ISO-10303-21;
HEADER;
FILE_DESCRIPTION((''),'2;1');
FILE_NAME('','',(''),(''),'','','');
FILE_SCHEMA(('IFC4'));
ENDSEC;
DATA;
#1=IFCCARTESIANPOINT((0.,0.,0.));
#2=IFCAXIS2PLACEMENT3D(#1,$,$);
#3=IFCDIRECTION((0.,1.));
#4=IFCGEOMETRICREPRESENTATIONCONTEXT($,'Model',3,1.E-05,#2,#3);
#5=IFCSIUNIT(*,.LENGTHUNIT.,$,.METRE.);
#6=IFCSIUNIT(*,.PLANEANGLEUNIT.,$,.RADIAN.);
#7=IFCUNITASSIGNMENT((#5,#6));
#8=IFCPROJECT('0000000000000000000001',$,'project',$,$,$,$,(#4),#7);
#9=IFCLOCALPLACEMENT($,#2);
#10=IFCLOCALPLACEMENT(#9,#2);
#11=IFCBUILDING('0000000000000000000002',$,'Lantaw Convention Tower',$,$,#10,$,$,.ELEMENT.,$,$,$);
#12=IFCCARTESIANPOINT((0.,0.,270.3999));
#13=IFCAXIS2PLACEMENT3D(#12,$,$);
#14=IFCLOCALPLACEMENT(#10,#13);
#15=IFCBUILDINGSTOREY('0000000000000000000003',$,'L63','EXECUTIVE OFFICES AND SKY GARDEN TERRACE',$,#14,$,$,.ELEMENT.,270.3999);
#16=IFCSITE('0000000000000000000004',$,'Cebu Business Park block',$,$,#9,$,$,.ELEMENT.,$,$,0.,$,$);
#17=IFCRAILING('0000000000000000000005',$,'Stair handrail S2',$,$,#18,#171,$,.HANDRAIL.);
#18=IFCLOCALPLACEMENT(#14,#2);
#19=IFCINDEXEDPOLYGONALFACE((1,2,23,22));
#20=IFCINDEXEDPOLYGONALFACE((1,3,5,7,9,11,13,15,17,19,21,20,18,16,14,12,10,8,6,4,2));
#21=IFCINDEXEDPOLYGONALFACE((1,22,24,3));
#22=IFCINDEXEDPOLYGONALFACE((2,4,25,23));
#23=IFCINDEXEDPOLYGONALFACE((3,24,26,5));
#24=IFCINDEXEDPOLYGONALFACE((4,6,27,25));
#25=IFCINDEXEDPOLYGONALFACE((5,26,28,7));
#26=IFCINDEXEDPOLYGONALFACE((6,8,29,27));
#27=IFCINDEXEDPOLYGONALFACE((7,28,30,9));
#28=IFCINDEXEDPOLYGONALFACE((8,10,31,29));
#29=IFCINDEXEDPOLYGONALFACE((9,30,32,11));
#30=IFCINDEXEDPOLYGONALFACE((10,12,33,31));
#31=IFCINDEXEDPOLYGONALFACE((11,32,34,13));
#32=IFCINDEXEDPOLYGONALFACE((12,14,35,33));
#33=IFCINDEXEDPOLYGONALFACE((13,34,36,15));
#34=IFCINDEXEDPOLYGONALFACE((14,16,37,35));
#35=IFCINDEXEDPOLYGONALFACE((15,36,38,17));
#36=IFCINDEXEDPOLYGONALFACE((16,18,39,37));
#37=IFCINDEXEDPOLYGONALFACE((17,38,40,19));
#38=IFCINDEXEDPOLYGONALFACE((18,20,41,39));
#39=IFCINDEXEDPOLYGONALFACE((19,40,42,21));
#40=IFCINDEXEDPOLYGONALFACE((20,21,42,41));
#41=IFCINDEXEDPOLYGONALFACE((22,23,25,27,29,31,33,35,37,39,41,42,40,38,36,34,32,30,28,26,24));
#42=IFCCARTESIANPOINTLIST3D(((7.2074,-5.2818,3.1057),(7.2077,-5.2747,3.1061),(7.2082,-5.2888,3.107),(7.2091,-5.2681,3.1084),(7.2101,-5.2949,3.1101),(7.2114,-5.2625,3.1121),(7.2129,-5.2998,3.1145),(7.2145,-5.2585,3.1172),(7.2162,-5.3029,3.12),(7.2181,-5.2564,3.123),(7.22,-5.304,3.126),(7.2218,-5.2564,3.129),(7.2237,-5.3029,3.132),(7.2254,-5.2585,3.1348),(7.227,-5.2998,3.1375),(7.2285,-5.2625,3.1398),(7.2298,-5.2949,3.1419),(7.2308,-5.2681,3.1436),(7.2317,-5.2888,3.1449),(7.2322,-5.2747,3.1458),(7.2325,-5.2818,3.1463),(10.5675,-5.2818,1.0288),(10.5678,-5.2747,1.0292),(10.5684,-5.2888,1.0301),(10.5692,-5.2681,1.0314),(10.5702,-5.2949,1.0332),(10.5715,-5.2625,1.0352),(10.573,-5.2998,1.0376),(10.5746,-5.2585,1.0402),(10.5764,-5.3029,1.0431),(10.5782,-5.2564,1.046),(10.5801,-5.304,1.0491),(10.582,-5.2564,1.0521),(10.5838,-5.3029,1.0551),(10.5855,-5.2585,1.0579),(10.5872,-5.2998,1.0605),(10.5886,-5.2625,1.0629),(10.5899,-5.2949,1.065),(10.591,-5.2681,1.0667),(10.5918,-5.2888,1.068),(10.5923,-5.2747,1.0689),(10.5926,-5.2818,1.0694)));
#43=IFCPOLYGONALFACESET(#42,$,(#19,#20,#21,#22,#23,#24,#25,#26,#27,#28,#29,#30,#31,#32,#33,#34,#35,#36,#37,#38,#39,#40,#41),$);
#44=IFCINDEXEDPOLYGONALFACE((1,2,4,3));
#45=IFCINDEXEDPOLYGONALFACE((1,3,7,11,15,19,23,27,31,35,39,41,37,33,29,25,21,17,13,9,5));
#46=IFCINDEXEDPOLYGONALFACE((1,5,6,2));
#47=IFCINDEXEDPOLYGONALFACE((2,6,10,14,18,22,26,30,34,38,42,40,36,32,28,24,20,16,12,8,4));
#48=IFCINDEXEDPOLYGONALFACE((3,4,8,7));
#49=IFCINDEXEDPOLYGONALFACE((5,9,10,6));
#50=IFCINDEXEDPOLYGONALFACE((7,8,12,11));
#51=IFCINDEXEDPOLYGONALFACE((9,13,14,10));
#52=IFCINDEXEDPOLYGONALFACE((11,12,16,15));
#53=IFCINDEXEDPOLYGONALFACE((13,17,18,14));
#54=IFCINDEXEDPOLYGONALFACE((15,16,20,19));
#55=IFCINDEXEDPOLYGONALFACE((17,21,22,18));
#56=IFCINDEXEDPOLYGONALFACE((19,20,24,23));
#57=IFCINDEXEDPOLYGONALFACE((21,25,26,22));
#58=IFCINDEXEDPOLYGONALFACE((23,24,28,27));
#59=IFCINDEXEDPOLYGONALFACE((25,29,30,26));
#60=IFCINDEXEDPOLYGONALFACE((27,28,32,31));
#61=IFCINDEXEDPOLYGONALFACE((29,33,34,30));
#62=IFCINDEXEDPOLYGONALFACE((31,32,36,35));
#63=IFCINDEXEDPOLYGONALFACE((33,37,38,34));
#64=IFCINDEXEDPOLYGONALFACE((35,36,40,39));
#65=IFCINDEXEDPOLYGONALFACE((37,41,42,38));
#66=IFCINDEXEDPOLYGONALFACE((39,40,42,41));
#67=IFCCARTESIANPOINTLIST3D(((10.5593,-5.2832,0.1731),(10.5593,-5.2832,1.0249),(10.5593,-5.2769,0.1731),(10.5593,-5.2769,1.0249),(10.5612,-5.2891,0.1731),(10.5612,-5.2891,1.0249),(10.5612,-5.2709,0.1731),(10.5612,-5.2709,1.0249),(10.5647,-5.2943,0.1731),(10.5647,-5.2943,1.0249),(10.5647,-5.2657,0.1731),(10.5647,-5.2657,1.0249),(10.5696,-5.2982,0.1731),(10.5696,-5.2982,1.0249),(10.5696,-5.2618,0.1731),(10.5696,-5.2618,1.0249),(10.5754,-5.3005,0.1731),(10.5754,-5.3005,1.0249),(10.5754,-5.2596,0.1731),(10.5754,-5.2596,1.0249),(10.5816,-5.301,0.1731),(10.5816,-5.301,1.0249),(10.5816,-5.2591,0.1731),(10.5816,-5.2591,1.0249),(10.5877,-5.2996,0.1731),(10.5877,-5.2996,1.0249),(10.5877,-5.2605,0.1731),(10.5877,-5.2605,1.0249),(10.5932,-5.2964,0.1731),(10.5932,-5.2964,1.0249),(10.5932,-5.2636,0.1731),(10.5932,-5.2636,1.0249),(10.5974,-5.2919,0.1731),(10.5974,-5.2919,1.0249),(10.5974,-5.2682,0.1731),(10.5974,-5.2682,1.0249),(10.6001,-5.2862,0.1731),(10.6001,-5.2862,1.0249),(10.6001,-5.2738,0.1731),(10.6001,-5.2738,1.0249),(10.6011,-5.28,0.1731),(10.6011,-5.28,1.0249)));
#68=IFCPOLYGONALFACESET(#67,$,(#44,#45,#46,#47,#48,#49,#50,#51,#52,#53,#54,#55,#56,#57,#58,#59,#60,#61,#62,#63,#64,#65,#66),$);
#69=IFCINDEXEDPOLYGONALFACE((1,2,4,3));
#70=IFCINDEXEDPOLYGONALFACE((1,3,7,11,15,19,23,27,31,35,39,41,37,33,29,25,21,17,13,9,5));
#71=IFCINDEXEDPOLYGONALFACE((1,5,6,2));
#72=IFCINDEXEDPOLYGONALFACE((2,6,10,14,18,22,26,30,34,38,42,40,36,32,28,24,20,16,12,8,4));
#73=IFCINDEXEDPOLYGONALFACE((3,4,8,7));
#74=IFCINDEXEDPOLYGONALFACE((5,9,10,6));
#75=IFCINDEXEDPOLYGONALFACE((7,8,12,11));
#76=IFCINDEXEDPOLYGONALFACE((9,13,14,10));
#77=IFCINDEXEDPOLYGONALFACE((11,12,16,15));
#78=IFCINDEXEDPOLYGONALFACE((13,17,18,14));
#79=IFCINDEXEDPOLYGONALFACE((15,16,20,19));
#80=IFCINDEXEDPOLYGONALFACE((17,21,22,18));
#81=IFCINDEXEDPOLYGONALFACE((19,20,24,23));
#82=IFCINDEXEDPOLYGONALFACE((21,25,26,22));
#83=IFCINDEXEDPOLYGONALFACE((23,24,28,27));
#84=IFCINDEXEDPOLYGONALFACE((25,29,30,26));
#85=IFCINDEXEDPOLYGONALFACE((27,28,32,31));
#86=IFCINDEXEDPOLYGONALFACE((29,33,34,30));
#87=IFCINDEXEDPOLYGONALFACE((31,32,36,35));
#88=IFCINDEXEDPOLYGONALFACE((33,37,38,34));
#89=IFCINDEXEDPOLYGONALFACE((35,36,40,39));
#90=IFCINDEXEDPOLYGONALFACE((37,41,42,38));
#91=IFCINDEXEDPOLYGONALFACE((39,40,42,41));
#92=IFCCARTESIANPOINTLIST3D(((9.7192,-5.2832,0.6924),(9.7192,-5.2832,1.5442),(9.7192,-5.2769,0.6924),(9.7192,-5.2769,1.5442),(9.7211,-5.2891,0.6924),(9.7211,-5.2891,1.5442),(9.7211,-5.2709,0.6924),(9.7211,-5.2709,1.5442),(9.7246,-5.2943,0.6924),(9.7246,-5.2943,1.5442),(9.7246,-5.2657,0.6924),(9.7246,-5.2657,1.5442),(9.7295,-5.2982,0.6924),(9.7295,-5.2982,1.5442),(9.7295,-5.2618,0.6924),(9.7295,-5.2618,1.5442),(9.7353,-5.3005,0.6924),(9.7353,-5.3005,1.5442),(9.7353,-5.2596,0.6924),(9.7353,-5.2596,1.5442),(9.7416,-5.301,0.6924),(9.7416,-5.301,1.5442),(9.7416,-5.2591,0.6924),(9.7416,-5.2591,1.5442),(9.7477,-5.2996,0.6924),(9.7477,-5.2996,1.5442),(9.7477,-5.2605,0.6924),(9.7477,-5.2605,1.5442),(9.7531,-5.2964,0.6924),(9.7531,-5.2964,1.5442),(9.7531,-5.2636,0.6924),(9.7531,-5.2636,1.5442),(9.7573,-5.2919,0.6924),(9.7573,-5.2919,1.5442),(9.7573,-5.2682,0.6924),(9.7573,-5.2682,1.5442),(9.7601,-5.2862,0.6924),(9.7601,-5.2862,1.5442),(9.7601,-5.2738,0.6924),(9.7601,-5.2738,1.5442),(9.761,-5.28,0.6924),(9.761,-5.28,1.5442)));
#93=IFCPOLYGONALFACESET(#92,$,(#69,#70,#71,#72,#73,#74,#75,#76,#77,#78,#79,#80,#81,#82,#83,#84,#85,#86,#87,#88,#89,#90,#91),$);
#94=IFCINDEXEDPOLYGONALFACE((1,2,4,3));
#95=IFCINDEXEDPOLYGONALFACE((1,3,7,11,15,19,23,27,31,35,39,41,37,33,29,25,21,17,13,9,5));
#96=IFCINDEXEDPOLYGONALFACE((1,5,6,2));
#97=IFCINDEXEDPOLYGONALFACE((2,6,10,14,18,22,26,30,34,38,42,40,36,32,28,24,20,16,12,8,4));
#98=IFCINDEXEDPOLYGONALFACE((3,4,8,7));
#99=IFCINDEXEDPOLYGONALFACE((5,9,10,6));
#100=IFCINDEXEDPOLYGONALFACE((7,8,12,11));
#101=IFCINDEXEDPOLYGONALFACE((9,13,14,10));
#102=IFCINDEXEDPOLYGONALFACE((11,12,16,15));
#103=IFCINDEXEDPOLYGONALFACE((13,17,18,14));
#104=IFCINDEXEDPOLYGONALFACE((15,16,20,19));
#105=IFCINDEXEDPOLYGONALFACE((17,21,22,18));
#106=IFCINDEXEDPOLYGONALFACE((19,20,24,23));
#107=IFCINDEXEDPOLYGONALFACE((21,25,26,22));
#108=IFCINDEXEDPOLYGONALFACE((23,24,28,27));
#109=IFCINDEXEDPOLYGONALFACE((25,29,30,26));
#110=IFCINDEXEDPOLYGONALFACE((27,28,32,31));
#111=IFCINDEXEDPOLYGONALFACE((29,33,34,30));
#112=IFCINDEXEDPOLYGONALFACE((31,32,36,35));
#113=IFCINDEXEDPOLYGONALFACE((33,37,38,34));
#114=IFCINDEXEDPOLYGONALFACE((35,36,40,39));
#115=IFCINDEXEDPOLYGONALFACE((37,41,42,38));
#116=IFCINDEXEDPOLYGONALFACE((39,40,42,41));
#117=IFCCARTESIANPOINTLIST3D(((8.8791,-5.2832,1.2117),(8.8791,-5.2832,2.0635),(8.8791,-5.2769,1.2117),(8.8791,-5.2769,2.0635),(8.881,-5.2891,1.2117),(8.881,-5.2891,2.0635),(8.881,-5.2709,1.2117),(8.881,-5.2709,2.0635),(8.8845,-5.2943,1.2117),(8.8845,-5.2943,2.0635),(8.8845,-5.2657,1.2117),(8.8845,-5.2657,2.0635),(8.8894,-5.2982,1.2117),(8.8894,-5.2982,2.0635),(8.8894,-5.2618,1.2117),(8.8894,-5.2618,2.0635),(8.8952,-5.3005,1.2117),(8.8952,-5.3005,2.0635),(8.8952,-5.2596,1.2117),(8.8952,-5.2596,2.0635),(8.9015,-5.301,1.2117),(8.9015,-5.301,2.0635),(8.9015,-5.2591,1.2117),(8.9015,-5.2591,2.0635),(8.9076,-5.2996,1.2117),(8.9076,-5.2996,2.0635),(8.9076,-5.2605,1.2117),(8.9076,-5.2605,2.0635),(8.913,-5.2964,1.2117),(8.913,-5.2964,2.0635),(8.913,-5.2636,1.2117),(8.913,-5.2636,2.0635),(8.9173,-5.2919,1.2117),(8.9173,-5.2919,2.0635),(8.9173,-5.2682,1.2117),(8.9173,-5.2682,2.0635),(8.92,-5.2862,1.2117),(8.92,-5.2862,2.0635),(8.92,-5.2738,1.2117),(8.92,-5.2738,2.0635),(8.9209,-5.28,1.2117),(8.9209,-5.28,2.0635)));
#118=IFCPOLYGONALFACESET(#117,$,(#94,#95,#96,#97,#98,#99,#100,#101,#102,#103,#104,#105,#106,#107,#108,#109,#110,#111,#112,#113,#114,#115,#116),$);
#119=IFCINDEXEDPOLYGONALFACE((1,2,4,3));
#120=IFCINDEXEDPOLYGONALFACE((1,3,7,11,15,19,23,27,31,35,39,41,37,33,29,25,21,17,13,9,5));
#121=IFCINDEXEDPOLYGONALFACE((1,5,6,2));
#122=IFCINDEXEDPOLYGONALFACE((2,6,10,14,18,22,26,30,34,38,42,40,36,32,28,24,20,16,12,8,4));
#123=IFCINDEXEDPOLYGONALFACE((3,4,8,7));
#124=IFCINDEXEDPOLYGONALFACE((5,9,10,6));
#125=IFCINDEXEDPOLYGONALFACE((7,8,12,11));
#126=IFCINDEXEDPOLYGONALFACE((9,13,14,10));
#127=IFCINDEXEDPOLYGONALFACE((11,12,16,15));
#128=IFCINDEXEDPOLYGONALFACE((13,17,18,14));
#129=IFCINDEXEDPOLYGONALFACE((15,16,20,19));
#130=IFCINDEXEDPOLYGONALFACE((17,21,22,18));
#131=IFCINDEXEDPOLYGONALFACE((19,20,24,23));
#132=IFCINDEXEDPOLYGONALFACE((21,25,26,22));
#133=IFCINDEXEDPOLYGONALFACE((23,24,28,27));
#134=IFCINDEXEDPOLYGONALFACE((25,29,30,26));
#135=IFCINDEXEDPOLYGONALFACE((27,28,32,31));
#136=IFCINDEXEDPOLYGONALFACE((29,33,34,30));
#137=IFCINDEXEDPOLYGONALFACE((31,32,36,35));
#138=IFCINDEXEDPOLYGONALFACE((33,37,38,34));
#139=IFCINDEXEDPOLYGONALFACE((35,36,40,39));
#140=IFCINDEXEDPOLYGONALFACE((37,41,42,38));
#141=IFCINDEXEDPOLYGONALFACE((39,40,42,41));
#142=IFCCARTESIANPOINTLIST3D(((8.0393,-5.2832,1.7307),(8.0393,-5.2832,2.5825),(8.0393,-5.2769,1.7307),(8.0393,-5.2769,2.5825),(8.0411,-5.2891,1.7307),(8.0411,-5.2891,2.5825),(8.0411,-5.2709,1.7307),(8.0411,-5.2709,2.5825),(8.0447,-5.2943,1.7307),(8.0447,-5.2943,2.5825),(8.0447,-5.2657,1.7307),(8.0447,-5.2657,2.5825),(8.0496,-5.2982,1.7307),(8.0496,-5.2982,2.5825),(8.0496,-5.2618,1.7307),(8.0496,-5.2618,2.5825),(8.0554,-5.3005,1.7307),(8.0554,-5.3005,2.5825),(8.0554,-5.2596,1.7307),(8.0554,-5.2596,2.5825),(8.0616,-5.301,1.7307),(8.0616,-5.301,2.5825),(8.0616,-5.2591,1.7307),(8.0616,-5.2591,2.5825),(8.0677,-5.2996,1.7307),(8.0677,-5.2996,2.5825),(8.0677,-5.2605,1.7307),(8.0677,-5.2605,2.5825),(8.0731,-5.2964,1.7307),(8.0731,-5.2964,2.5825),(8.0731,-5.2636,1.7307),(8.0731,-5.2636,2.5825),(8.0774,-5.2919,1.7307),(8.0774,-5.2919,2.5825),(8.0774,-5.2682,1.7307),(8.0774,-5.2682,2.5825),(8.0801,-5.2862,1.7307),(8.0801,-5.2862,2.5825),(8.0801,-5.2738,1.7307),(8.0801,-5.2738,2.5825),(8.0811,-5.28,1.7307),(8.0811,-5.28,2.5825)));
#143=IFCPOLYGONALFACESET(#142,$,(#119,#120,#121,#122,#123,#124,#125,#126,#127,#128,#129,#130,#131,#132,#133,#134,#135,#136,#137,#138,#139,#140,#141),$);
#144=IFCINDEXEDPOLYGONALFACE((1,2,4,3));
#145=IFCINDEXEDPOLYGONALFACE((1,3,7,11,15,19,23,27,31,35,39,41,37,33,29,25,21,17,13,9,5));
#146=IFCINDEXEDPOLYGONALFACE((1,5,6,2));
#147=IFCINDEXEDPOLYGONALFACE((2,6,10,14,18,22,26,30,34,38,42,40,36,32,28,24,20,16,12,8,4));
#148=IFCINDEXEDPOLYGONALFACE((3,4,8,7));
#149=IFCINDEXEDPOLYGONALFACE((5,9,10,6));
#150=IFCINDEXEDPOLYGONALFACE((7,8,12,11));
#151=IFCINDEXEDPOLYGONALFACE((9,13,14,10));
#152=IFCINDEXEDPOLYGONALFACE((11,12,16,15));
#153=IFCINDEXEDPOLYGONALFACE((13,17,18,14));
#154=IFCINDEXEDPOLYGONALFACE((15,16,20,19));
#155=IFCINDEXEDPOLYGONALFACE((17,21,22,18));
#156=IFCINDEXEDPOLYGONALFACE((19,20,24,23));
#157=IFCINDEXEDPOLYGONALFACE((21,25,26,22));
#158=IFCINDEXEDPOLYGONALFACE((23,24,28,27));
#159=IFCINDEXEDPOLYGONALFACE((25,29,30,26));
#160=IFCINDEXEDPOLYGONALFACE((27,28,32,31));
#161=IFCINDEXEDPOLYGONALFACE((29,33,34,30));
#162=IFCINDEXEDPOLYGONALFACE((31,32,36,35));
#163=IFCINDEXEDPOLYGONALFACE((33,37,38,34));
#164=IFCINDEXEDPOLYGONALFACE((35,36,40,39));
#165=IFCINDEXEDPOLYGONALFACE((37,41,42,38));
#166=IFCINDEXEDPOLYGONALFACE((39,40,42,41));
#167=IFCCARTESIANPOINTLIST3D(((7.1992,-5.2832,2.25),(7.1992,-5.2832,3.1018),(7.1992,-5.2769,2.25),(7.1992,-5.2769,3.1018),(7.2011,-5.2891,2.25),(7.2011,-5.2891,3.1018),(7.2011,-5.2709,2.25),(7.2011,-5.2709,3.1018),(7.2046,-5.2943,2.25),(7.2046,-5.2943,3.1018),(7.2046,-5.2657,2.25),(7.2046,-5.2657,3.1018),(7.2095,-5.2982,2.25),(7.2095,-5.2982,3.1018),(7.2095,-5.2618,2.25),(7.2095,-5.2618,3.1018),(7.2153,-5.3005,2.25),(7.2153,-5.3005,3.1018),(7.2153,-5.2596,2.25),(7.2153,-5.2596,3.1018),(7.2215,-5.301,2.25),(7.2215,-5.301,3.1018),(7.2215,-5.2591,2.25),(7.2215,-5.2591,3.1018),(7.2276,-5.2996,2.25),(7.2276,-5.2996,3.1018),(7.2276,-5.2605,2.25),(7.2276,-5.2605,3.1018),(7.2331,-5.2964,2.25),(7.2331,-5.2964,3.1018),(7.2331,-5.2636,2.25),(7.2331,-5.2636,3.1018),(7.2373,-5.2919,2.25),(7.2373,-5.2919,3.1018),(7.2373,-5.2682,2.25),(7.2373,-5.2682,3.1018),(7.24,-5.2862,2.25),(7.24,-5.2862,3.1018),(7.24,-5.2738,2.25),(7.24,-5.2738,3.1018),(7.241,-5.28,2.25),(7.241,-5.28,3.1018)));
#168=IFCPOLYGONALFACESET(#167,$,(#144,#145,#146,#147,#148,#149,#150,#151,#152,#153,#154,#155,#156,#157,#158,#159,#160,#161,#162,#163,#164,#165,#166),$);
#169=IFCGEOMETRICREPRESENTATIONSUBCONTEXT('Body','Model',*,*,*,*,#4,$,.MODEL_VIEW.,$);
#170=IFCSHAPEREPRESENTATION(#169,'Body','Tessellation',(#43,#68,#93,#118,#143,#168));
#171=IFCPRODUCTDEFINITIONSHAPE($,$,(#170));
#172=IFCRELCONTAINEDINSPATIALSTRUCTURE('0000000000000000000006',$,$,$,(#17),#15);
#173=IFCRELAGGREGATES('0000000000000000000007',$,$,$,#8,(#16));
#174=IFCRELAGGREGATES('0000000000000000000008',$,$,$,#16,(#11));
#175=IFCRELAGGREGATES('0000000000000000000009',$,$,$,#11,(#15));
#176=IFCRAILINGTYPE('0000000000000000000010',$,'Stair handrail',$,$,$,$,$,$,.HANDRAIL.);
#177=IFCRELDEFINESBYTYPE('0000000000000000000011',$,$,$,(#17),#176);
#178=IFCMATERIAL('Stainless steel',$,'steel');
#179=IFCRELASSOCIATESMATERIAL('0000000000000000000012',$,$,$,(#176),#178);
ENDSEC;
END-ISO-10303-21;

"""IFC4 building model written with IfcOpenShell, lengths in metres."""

from ifc_helpers import new_model, si_unit, direction, frame, origin, origin_2d, place, context, subcontext, project, spatial, circle, extrude, material, type_object, element, save


model = new_model("IFC4")

# Units and contexts
model_context = context("Model", 3, precision=1e-05, world=origin(), true_north=direction((0.0, 1.0)))
body_context = subcontext(model_context, "Body", "Model", "MODEL_VIEW")
ifc_project = project(units=[si_unit("LENGTHUNIT", "METRE"), si_unit("PLANEANGLEUNIT", "RADIAN")], contexts=[model_context])

# Site, building, storey
site_placement = place(None, origin())
site = spatial("IfcSite", under=ifc_project, at=site_placement, Name="Cebu Business Park block", CompositionType="ELEMENT", RefElevation=0.0)
building_placement = place(site_placement, origin())
building = spatial("IfcBuilding", under=site, at=building_placement, Name="Lantaw Convention Tower", CompositionType="ELEMENT")
storey_placement = place(building_placement, frame((0.0, 0.0, 270.3999)))
storey = spatial("IfcBuildingStorey", under=building, at=storey_placement, Name="L63", Description="EXECUTIVE OFFICES AND SKY GARDEN TERRACE", CompositionType="ELEMENT", Elevation=270.3999)

# Railing
ifc_material_1 = material(Name="Stainless steel", Category="steel")
railing_type = type_object("IfcRailingType", Name="Stair handrail", PredefinedType="HANDRAIL", material=ifc_material_1)
railing_1_placement = place(storey_placement, frame((10.5801, -5.28, 0.1731)))
element("IfcRailing", 1, at=railing_1_placement, inside=storey, type_object=railing_type, Name="Stair handrail S2", PredefinedType="HANDRAIL", context=body_context, shape_type="SweptSolid", body=[
    extrude(circle(Radius=0.0239, at=origin_2d()), frame((0.0, 0.0, 0.876), z_axis=(-0.850623, 0.0, 0.525776), x_axis=(0.0, -1.0, 0.0)), (0.0, 0.0, 1.0), 3.9502),
    extrude(circle(Radius=0.021, at=origin_2d()), origin(), (0.0, 0.0, 1.0), 0.8518),
    extrude(circle(Radius=0.021, at=origin_2d()), frame((-0.8401, 0.0, 0.5193)), (0.0, 0.0, 1.0), 0.8518),
    extrude(circle(Radius=0.021, at=origin_2d()), frame((-1.6802, 0.0, 1.0386)), (0.0, 0.0, 1.0), 0.8518),
    extrude(circle(Radius=0.021, at=origin_2d()), frame((-2.52, 0.0, 1.5576)), (0.0, 0.0, 1.0), 0.8518),
    extrude(circle(Radius=0.021, at=origin_2d()), frame((-3.3601, 0.0, 2.0769)), (0.0, 0.0, 1.0), 0.8518),
])

save(model, "model.ifc")
